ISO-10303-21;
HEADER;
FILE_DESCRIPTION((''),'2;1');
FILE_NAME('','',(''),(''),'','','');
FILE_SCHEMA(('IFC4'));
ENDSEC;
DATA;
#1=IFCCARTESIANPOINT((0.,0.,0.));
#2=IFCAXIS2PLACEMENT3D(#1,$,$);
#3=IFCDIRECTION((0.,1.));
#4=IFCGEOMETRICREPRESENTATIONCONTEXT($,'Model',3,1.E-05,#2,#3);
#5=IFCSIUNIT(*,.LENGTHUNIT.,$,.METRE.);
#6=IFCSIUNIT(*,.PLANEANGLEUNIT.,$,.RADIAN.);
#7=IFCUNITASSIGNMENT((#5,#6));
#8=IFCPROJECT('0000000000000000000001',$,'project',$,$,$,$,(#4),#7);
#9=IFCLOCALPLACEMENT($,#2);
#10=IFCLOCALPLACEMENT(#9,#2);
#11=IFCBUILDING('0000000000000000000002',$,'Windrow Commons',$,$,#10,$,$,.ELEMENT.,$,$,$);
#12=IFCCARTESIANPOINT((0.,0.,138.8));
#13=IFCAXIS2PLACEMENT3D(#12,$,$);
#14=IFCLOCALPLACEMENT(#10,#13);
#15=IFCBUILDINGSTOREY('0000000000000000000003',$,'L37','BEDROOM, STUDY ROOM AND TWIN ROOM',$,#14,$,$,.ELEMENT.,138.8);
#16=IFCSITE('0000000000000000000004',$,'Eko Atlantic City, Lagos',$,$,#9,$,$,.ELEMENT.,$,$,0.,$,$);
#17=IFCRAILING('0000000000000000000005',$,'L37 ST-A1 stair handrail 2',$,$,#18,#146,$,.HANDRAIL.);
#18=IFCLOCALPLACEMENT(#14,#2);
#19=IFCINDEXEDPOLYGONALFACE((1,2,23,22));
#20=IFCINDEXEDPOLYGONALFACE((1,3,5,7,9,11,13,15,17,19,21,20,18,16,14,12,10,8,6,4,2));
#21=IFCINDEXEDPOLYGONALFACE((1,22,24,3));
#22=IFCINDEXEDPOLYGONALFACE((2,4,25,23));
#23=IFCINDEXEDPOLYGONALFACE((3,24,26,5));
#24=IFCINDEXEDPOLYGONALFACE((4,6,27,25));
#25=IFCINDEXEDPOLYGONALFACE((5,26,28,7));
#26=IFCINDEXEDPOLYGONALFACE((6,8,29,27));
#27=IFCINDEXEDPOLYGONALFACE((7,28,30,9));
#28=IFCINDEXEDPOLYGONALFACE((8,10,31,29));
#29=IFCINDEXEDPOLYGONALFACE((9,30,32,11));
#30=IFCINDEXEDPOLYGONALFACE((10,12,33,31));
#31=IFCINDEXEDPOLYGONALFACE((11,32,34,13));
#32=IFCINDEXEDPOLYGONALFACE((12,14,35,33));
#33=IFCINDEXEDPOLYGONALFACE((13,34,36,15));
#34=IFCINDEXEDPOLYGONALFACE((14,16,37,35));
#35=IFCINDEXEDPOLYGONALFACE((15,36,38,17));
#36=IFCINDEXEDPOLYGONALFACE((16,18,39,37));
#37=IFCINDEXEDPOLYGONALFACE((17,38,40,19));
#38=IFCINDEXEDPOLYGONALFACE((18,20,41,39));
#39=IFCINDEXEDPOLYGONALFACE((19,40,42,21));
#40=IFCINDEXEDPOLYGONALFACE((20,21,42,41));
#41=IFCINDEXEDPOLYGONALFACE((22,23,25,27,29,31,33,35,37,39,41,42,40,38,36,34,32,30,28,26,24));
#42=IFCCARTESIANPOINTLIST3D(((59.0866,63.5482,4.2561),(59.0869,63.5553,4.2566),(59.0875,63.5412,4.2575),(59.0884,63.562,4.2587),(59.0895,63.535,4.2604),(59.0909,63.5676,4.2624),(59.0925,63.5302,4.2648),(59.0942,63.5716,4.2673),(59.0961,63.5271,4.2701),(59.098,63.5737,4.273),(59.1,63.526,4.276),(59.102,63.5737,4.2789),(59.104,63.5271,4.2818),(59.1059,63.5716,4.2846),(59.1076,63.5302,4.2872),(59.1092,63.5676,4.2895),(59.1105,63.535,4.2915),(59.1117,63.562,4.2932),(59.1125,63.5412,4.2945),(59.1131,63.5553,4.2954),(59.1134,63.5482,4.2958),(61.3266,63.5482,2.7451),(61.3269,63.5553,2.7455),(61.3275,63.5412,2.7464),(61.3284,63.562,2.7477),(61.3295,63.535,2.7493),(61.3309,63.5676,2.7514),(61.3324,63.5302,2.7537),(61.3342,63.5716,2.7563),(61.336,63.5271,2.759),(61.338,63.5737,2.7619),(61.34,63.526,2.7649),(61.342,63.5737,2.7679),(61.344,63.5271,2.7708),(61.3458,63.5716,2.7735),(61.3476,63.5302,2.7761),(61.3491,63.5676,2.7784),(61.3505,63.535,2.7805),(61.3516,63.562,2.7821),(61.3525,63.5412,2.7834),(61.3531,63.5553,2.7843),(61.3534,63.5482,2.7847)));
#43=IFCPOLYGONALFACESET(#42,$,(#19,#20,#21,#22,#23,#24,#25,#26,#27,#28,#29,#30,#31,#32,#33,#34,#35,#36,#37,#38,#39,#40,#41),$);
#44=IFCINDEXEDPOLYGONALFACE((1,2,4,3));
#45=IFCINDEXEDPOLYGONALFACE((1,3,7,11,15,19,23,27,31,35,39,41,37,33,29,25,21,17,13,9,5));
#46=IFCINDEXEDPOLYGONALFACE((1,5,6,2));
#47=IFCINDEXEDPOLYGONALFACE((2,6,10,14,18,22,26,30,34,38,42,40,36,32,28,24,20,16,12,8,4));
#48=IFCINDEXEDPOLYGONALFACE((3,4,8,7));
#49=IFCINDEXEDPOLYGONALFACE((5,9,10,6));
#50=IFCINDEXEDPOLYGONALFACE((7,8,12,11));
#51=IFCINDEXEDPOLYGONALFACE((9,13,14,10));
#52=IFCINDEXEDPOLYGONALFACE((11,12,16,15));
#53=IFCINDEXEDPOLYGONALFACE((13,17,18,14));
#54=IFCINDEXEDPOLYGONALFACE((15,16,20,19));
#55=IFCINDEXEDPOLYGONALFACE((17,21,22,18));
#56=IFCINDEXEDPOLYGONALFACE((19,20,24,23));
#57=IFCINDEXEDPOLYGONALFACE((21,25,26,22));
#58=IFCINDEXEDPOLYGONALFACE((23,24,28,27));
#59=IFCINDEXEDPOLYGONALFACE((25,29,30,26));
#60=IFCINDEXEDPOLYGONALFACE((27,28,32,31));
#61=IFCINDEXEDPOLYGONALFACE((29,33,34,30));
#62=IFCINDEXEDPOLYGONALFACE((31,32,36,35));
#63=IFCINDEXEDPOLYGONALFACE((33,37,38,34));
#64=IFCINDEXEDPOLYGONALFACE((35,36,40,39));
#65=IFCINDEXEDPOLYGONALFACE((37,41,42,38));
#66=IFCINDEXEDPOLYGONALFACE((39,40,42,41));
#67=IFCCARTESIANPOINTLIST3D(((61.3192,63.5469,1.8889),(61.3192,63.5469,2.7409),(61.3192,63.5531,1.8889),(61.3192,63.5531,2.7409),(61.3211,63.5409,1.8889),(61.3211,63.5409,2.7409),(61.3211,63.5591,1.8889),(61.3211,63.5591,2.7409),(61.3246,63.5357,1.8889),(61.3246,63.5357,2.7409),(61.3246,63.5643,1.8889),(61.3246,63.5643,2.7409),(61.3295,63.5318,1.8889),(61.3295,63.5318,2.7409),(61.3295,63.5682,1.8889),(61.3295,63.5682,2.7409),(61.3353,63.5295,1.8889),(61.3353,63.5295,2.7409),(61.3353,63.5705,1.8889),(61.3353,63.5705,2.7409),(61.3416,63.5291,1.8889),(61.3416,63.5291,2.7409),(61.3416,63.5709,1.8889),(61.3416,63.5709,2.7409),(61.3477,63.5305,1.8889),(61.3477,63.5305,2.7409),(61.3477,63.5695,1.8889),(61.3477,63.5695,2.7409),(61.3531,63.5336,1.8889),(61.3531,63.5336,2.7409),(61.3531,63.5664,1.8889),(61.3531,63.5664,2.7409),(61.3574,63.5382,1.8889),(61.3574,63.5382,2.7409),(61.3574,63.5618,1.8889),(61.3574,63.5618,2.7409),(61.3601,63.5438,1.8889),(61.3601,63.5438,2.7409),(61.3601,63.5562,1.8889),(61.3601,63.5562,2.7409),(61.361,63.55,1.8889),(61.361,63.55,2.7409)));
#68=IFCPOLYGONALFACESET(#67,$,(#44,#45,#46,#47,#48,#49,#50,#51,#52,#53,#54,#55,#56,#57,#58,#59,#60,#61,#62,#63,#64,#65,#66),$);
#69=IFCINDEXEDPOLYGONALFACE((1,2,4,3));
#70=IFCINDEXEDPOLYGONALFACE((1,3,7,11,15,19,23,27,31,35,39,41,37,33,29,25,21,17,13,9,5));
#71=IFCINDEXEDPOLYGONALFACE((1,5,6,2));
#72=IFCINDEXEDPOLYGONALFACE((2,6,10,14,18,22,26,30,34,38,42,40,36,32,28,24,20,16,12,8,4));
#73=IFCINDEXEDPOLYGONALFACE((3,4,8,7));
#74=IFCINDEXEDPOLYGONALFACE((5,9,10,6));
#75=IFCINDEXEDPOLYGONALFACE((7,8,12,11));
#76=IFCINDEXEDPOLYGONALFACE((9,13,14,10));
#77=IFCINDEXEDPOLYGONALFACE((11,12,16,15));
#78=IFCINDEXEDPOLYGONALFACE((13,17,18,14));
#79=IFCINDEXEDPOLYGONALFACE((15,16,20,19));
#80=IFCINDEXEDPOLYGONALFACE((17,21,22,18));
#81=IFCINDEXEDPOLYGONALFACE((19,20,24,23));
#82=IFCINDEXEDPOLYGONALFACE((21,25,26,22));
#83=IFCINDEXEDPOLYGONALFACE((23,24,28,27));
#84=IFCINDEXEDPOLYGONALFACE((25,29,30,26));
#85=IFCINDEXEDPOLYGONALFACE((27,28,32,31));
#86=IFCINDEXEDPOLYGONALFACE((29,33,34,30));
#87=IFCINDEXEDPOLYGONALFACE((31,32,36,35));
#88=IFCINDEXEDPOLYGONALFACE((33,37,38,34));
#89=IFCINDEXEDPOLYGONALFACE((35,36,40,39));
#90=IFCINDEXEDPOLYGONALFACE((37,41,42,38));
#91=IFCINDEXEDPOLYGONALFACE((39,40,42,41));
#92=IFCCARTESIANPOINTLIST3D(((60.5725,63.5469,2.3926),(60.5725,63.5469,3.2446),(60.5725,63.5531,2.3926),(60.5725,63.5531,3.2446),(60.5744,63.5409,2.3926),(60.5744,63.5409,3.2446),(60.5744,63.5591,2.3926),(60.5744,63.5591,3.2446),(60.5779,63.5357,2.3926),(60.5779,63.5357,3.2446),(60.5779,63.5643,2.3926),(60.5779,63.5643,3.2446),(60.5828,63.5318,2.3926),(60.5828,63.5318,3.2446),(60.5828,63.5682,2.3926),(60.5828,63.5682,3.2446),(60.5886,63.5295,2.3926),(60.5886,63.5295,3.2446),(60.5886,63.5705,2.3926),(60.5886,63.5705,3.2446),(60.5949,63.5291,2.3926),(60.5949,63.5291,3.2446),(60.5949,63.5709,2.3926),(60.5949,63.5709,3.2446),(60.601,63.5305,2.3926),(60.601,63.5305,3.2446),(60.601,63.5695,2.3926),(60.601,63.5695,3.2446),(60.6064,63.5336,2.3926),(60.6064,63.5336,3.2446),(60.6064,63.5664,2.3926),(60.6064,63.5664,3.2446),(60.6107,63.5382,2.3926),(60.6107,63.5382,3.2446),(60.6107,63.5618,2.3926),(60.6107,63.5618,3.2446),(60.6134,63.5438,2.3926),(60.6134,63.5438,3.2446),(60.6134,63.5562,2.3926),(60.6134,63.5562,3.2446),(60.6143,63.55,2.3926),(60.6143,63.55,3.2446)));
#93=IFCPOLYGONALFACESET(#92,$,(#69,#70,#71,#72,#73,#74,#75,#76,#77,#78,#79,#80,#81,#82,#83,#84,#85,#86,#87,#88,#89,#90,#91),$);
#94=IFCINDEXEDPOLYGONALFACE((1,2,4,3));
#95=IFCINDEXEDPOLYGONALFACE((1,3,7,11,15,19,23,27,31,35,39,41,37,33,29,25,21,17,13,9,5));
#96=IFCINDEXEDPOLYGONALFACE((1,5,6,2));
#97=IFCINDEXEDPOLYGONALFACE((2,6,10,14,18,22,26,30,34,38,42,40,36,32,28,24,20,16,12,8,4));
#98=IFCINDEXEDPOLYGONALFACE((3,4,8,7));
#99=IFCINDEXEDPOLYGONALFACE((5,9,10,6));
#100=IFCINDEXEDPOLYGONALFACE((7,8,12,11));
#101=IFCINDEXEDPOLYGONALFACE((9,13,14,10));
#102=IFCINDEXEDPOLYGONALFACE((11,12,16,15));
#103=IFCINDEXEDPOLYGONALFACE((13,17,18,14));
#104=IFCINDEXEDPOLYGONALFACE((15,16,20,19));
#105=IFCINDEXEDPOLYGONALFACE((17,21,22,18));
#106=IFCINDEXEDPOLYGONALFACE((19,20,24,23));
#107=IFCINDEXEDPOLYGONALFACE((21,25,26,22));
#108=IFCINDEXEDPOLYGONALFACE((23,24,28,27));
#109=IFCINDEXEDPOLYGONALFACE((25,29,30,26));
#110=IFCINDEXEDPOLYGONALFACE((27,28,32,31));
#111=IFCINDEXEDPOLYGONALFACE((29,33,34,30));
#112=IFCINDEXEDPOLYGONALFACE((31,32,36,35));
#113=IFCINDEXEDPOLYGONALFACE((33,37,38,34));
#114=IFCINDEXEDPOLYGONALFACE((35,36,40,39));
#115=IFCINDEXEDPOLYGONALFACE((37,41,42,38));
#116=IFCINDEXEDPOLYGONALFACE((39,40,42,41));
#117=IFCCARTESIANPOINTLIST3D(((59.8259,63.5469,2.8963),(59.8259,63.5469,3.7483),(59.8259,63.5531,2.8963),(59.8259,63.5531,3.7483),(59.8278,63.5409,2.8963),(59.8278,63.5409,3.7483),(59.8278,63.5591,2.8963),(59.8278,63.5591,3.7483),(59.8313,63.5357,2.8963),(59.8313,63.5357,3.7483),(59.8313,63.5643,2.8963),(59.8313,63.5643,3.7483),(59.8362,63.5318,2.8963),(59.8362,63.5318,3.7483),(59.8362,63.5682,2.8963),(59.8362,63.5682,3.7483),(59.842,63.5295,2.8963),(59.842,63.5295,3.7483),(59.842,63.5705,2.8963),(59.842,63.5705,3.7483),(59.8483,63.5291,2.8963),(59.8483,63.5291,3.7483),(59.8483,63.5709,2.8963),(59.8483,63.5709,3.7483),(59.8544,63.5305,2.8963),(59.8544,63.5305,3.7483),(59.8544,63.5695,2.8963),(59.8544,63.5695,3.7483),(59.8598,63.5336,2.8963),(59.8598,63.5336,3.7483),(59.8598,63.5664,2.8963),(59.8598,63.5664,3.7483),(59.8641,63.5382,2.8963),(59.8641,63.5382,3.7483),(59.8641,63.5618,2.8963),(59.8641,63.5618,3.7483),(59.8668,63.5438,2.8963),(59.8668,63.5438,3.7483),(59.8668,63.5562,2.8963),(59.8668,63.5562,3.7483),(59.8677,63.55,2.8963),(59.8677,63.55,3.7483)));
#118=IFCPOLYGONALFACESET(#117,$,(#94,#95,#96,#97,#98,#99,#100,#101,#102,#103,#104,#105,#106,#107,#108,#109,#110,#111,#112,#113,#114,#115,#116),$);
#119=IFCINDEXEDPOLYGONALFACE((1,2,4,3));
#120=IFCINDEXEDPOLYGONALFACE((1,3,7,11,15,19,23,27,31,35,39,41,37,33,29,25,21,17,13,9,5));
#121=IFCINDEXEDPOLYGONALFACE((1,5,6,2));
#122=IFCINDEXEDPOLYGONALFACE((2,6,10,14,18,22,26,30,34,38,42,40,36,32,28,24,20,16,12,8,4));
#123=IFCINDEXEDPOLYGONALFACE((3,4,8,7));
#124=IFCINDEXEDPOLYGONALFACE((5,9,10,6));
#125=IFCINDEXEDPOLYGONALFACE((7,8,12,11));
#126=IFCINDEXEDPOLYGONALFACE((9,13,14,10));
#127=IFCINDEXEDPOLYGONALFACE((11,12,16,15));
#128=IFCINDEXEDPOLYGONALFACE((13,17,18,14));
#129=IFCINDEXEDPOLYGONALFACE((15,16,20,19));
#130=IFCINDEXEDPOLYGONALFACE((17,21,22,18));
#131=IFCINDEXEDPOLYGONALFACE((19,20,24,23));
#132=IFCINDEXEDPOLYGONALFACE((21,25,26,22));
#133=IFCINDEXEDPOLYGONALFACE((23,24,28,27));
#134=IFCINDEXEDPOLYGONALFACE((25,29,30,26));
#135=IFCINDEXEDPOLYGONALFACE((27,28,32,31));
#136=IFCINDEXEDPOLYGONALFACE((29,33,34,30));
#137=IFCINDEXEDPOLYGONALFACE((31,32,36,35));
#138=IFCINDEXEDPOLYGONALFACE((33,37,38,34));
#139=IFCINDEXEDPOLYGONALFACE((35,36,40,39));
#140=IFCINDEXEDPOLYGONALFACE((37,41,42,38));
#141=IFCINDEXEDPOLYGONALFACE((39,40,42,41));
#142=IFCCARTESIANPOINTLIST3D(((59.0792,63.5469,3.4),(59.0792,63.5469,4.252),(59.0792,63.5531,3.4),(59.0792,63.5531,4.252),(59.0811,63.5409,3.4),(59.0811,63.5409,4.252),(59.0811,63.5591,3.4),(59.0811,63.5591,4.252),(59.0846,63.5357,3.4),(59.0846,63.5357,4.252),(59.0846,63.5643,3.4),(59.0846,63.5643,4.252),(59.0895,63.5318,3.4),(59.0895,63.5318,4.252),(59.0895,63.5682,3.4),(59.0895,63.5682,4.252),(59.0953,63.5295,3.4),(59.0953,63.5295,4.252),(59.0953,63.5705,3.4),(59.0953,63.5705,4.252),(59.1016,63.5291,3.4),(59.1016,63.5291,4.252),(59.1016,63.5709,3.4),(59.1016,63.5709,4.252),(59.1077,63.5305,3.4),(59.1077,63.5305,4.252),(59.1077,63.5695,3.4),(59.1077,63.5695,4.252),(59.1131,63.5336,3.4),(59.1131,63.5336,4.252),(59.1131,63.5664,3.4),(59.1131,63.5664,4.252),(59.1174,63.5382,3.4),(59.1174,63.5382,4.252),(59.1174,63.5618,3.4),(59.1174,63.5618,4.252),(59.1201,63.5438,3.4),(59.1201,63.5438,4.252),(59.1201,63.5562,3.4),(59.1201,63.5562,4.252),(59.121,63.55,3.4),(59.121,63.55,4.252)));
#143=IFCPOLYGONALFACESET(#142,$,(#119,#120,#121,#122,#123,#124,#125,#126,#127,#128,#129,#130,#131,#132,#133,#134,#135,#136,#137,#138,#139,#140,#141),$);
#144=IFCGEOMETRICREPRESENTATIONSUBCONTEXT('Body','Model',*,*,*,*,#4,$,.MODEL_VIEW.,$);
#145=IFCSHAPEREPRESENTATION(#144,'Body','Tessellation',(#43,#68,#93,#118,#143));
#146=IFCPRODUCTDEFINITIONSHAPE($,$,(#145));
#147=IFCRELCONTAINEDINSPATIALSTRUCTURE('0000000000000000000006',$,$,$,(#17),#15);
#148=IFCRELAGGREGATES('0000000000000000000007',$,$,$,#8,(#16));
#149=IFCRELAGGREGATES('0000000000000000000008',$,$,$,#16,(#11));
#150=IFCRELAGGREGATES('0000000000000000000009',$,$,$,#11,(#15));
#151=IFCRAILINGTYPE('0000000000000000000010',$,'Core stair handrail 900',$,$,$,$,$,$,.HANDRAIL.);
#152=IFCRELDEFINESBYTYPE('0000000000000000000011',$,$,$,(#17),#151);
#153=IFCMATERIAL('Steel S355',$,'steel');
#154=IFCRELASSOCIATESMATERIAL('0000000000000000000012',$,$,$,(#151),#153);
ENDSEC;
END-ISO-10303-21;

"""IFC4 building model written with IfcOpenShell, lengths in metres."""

from ifc_helpers import new_model, si_unit, direction, frame, origin, origin_2d, place, context, subcontext, project, spatial, circle, extrude, material, type_object, element, save


model = new_model("IFC4")

# Units and contexts
model_context = context("Model", 3, precision=1e-05, world=origin(), true_north=direction((0.0, 1.0)))
body_context = subcontext(model_context, "Body", "Model", "MODEL_VIEW")
ifc_project = project(units=[si_unit("LENGTHUNIT", "METRE"), si_unit("PLANEANGLEUNIT", "RADIAN")], contexts=[model_context])

# Site, building, storey
site_placement = place(None, origin())
site = spatial("IfcSite", under=ifc_project, at=site_placement, Name="Eko Atlantic City, Lagos", CompositionType="ELEMENT", RefElevation=0.0)
building_placement = place(site_placement, origin())
building = spatial("IfcBuilding", under=site, at=building_placement, Name="Windrow Commons", CompositionType="ELEMENT")
storey_placement = place(building_placement, frame((0.0, 0.0, 138.8)))
storey = spatial("IfcBuildingStorey", under=building, at=storey_placement, Name="L37", Description="BEDROOM, STUDY ROOM AND TWIN ROOM", CompositionType="ELEMENT", Elevation=138.8)

# Railing
ifc_material_1 = material(Name="Steel S355", Category="steel")
railing_type_1 = type_object("IfcRailingType", Name="Core stair handrail 900", PredefinedType="HANDRAIL", material=ifc_material_1)
for number, where, name in (
    (1, (61.34, 63.55, 1.8889), "L37 ST-A1 stair handrail 2"),
):
    element("IfcRailing", number, at=place(storey_placement, frame(where)), inside=storey, type_object=railing_type_1, Name=name, PredefinedType="HANDRAIL", context=body_context, shape_type="SweptSolid", body=[
        extrude(circle(Radius=0.024, at=origin_2d()), frame((0.0, 0.0, 0.876), z_axis=(-0.829003, 0.0, 0.559244), x_axis=(0.0, -1.0, 0.0)), (0.0, 0.0, 1.0), 2.702),
        extrude(circle(Radius=0.021, at=origin_2d()), origin(), (0.0, 0.0, 1.0), 0.852),
        extrude(circle(Radius=0.021, at=origin_2d()), frame((-0.7467, 0.0, 0.5037)), (0.0, 0.0, 1.0), 0.852),
        extrude(circle(Radius=0.021, at=origin_2d()), frame((-1.4933, 0.0, 1.0074)), (0.0, 0.0, 1.0), 0.852),
        extrude(circle(Radius=0.021, at=origin_2d()), frame((-2.24, 0.0, 1.5111)), (0.0, 0.0, 1.0), 0.852),
    ])

save(model, "model.ifc")
